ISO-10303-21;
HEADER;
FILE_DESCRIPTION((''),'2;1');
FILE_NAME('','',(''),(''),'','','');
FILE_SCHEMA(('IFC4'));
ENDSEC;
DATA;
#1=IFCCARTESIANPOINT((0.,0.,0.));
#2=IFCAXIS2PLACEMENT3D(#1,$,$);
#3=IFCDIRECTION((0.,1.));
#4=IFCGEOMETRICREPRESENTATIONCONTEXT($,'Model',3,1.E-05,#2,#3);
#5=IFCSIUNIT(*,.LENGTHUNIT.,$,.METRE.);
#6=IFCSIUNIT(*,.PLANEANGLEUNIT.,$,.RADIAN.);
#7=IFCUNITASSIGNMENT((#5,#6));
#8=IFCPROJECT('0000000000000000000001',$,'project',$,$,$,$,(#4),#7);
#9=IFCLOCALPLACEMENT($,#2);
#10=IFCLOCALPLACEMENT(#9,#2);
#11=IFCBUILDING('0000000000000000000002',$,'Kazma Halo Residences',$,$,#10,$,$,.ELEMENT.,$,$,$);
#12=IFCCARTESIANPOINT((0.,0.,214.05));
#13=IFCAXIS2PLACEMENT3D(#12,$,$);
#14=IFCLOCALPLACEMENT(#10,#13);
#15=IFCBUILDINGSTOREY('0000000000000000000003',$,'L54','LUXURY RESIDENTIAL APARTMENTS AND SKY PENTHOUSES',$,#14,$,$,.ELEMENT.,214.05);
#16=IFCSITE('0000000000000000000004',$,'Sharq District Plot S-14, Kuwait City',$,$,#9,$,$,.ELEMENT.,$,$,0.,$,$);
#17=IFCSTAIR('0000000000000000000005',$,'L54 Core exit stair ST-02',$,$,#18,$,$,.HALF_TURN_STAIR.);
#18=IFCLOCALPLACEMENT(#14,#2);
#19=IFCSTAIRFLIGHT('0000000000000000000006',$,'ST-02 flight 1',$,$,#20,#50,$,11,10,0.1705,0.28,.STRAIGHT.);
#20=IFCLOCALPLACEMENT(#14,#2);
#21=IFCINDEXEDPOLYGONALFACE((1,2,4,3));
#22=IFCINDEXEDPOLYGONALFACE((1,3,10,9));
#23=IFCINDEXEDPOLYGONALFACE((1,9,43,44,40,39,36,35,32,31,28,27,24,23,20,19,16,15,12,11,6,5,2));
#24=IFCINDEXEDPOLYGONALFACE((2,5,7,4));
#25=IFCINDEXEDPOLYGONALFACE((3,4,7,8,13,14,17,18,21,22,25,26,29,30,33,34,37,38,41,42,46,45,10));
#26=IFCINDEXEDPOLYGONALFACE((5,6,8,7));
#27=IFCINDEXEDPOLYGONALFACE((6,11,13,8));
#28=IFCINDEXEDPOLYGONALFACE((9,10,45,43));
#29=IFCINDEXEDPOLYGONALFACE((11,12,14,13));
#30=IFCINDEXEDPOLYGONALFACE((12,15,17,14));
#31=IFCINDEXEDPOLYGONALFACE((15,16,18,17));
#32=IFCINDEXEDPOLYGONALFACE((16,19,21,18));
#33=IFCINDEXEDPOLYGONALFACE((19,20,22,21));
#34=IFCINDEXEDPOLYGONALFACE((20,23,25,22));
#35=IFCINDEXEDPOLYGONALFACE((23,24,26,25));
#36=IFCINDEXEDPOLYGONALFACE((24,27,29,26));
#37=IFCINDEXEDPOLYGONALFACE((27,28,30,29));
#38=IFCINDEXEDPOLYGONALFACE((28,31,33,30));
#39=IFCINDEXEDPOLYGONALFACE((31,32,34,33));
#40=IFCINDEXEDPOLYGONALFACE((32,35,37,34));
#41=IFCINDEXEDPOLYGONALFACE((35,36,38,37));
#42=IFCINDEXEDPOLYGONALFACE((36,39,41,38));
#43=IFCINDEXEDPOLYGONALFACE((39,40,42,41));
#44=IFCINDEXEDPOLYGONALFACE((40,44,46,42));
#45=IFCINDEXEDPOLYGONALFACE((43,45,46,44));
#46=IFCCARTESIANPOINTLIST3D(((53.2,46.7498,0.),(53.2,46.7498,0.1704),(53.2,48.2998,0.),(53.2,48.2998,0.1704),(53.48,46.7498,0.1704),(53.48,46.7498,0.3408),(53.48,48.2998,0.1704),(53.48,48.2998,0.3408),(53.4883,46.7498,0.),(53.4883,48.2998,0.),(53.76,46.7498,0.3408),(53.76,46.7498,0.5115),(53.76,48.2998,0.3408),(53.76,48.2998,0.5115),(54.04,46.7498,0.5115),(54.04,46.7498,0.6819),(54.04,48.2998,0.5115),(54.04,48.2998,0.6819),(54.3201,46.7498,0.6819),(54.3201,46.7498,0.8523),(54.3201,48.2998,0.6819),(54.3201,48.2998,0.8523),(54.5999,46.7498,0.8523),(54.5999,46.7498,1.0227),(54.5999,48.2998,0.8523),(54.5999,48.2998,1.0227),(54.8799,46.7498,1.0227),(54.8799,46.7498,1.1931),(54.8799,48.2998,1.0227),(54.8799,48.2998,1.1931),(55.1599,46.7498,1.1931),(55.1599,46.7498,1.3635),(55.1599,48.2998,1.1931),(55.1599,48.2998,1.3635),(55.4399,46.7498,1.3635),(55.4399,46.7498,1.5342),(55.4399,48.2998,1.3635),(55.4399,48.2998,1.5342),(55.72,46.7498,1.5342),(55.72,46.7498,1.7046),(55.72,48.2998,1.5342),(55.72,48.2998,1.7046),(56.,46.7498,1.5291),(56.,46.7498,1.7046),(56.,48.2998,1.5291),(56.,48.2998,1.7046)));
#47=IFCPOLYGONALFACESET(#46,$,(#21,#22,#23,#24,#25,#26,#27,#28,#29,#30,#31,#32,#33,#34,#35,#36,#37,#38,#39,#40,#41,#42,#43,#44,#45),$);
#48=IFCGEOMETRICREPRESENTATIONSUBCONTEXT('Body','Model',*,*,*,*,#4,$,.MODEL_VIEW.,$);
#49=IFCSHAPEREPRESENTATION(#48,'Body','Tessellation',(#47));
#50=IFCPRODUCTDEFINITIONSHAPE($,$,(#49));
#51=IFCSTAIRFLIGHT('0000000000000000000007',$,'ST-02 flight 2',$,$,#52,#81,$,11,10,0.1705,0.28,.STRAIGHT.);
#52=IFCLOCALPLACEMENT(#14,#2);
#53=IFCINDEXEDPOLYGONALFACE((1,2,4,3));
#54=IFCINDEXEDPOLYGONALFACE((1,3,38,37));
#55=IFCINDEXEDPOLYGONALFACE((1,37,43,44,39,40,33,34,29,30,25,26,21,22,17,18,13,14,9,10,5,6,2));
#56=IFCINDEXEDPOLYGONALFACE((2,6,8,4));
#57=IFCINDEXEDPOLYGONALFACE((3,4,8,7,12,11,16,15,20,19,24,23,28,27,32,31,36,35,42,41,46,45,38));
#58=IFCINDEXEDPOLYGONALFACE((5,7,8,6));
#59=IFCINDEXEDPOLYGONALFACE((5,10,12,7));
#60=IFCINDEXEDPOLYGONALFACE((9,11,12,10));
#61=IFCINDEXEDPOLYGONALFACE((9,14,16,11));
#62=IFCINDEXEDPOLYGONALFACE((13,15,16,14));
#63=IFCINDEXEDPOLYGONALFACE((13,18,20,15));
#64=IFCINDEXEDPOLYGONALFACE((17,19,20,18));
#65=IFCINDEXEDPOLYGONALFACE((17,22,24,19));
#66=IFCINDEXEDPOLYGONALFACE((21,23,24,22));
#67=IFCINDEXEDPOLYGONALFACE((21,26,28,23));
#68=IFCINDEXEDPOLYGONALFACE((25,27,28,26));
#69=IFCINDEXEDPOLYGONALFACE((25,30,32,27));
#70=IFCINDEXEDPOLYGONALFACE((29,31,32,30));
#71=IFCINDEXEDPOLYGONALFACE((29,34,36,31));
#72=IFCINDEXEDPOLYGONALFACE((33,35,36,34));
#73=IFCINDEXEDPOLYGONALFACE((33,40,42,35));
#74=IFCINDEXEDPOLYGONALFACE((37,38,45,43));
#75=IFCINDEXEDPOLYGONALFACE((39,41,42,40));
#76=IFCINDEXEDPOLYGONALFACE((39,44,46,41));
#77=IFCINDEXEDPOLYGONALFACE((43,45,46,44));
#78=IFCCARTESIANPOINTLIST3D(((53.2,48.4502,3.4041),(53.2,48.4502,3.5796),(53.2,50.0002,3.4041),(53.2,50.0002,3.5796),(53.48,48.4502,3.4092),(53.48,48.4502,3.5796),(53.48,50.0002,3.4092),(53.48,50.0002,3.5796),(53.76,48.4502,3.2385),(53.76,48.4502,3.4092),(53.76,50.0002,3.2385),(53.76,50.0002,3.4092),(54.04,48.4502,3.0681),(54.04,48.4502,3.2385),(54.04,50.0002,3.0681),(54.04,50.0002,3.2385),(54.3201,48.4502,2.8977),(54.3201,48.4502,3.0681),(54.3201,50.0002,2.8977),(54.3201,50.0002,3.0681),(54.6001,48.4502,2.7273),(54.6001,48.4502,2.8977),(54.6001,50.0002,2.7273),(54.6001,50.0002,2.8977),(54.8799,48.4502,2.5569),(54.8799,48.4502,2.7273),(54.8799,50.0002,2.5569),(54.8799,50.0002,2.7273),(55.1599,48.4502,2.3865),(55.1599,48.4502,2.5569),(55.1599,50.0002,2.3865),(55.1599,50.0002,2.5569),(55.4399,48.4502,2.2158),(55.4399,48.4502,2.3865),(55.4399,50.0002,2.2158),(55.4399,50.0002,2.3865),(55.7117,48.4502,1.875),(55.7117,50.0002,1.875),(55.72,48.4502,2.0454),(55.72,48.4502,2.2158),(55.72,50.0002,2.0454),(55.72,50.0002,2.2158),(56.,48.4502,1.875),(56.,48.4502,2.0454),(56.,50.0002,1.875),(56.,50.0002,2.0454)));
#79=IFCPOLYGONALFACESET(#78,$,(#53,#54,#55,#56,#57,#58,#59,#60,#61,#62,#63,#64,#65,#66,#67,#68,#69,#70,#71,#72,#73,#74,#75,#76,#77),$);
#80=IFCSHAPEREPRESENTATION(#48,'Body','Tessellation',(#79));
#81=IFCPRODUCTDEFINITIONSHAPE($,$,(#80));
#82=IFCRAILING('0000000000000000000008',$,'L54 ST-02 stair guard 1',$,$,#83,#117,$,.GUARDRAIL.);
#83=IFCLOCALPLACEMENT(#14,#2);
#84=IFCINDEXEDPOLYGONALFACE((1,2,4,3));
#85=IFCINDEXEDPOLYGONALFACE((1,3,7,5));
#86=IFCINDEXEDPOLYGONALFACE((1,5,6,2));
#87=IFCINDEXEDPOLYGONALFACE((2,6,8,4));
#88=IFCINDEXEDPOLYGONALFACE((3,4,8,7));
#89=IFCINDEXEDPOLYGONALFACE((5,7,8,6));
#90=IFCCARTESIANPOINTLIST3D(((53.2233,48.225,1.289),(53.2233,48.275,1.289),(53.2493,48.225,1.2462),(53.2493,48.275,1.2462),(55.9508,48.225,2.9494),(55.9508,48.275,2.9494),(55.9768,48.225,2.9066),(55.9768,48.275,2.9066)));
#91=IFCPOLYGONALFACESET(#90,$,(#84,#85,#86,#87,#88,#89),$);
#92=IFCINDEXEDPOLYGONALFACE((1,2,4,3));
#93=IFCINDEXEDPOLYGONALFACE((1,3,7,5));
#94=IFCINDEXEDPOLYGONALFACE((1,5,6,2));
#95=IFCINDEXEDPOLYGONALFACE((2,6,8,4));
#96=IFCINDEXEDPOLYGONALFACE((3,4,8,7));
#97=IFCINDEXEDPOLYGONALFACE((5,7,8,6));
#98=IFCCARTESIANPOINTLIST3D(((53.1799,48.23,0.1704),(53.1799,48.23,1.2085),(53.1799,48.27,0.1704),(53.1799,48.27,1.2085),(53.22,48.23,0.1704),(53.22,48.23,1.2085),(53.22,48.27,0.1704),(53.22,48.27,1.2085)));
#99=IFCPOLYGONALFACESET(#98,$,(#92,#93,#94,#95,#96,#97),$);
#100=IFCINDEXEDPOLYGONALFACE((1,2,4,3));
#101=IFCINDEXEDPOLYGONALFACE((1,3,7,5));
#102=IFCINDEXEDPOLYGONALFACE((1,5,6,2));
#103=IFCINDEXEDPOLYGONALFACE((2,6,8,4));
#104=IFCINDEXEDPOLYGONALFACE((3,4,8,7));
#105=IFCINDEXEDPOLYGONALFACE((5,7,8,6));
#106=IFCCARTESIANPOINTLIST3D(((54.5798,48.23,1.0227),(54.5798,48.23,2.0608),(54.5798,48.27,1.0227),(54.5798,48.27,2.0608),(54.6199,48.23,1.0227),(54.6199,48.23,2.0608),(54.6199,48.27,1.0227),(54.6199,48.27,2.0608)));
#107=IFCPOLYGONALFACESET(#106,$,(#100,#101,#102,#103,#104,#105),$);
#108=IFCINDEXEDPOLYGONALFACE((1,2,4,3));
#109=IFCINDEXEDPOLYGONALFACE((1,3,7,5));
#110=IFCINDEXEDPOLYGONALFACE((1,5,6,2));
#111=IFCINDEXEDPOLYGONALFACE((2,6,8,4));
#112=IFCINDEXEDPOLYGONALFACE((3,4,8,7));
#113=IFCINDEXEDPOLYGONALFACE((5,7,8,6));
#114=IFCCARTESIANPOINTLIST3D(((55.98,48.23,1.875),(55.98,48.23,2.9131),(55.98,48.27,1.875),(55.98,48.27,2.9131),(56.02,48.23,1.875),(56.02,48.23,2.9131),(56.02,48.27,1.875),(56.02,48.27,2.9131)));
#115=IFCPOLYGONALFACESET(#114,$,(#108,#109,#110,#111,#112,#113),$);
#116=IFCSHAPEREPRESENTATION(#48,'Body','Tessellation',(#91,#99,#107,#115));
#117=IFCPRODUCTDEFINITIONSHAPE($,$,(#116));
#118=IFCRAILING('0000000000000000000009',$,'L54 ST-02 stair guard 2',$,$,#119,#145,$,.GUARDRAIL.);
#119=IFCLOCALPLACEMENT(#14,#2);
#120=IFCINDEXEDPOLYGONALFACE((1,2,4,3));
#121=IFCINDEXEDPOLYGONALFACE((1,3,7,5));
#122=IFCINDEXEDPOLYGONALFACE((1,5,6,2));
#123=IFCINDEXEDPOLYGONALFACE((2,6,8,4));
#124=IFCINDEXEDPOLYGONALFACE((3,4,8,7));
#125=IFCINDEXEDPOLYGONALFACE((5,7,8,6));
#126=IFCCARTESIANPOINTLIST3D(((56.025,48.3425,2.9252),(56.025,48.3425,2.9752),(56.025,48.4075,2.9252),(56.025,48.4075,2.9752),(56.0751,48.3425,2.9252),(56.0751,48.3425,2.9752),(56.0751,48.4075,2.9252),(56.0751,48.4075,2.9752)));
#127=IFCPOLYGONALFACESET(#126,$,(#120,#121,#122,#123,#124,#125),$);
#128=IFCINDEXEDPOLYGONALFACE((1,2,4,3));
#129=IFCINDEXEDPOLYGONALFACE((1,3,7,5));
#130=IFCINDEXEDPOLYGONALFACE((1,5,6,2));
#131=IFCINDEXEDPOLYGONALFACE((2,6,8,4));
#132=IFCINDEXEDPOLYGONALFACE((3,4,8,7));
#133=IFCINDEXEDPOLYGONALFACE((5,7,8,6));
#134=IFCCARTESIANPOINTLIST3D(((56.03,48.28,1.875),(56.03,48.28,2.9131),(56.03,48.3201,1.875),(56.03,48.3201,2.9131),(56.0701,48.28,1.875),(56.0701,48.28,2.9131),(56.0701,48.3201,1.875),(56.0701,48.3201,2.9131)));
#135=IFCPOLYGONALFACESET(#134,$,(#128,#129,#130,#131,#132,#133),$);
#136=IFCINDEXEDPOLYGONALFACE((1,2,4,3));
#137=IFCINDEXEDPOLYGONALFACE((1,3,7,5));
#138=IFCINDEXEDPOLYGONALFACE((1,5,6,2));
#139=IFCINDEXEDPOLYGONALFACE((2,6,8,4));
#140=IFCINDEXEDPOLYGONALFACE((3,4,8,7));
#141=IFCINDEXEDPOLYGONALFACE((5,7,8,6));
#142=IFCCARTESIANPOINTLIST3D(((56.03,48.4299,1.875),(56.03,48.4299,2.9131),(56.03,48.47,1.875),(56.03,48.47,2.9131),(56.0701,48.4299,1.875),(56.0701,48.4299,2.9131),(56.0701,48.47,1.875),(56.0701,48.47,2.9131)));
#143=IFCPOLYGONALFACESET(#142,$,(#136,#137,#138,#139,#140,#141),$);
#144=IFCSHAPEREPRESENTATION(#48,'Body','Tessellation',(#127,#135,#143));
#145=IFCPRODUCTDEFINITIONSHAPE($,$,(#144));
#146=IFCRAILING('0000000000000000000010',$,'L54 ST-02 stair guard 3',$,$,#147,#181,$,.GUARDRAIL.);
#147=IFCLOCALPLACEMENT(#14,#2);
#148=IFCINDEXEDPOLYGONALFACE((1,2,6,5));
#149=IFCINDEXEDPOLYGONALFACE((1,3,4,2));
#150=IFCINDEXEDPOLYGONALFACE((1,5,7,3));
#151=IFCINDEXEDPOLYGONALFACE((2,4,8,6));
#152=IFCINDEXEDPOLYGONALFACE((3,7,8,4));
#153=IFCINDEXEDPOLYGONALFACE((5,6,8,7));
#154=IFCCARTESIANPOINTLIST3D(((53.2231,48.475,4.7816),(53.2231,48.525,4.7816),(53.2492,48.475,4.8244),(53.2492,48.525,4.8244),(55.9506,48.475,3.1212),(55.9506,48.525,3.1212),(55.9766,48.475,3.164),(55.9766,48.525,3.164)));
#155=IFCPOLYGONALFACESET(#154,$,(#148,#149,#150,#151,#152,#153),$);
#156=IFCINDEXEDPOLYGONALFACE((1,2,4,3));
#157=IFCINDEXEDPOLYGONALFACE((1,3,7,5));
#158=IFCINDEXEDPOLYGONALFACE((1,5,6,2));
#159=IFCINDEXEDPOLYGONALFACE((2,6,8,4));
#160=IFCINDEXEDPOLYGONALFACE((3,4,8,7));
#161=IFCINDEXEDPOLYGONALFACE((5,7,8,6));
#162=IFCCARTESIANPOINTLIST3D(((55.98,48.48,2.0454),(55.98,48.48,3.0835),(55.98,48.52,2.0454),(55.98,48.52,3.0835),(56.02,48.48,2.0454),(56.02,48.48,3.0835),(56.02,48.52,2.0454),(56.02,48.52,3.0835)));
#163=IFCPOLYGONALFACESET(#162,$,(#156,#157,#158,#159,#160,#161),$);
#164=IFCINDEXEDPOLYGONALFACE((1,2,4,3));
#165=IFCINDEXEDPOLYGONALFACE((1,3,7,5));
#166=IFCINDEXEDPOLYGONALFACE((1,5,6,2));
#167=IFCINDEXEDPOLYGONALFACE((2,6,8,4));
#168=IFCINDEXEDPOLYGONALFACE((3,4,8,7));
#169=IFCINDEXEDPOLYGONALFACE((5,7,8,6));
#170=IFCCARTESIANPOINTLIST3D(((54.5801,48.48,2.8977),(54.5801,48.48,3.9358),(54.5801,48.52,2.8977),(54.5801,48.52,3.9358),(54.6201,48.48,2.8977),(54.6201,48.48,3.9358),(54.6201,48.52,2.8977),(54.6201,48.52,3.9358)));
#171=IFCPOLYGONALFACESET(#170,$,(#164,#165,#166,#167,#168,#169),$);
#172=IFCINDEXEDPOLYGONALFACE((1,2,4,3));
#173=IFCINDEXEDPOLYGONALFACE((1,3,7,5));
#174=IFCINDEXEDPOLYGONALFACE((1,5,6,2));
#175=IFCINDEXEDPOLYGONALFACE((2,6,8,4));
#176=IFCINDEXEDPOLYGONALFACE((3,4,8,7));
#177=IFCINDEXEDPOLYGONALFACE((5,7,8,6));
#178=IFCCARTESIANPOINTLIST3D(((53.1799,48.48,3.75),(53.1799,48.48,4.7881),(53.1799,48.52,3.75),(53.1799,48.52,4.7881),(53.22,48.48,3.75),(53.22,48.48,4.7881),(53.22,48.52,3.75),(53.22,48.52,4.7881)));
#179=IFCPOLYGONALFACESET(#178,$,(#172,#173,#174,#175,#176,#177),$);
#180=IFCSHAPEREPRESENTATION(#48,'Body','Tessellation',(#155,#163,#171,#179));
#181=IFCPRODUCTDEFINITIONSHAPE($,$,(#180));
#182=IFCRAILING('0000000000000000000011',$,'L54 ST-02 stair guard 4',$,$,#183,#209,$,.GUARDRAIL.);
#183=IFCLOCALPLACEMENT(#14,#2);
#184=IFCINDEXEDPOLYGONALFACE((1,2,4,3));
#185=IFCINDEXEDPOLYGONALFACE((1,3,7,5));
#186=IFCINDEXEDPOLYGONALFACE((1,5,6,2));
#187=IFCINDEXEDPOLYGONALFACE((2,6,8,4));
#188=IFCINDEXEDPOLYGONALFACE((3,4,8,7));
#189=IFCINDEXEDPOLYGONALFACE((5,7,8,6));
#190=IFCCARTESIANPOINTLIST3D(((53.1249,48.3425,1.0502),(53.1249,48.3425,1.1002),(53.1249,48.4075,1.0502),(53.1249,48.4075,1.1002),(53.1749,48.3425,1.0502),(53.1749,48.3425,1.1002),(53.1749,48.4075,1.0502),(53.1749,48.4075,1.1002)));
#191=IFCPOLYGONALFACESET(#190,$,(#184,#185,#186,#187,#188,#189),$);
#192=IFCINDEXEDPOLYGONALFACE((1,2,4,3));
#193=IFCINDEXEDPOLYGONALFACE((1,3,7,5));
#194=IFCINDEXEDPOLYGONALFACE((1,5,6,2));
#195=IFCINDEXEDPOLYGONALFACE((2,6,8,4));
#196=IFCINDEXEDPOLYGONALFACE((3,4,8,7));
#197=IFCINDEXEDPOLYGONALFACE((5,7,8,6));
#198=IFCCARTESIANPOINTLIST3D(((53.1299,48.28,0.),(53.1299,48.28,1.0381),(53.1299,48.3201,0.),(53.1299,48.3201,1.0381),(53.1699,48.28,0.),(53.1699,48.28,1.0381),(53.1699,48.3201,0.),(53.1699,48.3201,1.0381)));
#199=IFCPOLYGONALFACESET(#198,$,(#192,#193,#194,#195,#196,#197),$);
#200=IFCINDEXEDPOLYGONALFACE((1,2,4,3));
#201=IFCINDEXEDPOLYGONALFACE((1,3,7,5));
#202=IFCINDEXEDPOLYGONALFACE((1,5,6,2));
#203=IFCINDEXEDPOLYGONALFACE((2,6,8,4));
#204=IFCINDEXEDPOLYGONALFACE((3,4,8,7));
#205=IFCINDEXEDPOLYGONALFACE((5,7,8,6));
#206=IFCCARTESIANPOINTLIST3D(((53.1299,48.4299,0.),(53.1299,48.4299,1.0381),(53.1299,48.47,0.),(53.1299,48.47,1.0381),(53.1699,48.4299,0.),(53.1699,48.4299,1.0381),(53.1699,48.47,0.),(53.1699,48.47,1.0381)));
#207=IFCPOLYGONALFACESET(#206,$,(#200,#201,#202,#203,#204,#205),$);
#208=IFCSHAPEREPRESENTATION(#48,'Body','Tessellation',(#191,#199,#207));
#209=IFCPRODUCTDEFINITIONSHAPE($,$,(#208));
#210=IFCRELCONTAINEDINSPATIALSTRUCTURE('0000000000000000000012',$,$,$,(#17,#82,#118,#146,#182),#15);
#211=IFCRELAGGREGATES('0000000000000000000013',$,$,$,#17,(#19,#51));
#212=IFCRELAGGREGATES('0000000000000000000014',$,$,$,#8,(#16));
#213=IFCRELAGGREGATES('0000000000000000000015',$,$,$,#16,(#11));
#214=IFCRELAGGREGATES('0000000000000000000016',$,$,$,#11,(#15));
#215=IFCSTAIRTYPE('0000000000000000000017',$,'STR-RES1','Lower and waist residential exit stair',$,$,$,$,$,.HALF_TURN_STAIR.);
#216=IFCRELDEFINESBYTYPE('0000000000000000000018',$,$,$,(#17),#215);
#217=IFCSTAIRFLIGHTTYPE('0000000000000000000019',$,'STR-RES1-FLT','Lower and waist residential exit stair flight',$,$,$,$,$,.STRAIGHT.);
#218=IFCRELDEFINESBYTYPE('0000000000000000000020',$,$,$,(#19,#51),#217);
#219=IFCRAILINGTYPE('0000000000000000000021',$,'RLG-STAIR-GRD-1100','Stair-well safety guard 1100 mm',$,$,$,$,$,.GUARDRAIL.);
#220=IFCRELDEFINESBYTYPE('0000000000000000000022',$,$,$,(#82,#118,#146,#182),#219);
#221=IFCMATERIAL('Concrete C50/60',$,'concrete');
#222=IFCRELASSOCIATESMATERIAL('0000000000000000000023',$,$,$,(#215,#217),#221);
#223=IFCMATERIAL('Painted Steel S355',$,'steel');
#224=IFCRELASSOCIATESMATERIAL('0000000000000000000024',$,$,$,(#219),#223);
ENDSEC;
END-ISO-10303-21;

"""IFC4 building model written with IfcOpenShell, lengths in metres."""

from ifc_helpers import new_model, si_unit, direction, frame, origin, origin_2d, place, context, subcontext, project, spatial, polyline, rectangle, outline, extrude, material, type_object, element, aggregate, save


model = new_model("IFC4")

# Units and contexts
model_context = context("Model", 3, precision=1e-05, world=origin(), true_north=direction((0.0, 1.0)))
body_context = subcontext(model_context, "Body", "Model", "MODEL_VIEW")
ifc_project = project(units=[si_unit("LENGTHUNIT", "METRE"), si_unit("PLANEANGLEUNIT", "RADIAN")], contexts=[model_context])

# Site, building, storey
site_placement = place(None, origin())
site = spatial("IfcSite", under=ifc_project, at=site_placement, Name="Sharq District Plot S-14, Kuwait City", CompositionType="ELEMENT", RefElevation=0.0)
building_placement = place(site_placement, origin())
building = spatial("IfcBuilding", under=site, at=building_placement, Name="Kazma Halo Residences", CompositionType="ELEMENT")
storey_placement = place(building_placement, frame((0.0, 0.0, 214.05)))
storey = spatial("IfcBuildingStorey", under=building, at=storey_placement, Name="L54", Description="LUXURY RESIDENTIAL APARTMENTS AND SKY PENTHOUSES", CompositionType="ELEMENT", Elevation=214.05)

# Shared definitions
ifc_material_1 = material(Name="Concrete C50/60", Category="concrete")

# Stair, stair flights
stair_type = type_object("IfcStairType", Name="STR-RES1", Description="Lower and waist residential exit stair", PredefinedType="HALF_TURN_STAIR", material=ifc_material_1)
stair_placement = place(storey_placement, origin())
stair = element("IfcStair", 1, at=stair_placement, inside=storey, type_object=stair_type, Name="L54 Core exit stair ST-02", PredefinedType="HALF_TURN_STAIR")
stair_flight_type = type_object("IfcStairFlightType", Name="STR-RES1-FLT", Description="Lower and waist residential exit stair flight", PredefinedType="STRAIGHT", material=ifc_material_1)
stair_flight_1_placement = place(storey_placement, frame((53.2, 47.5249, 0.0), z_axis=(0.0, 0.0, 1.0), x_axis=(1.0, 0.0, 0.0)))
stair_flight_1 = element("IfcStairFlight", 2, at=stair_flight_1_placement, type_object=stair_flight_type, Name="ST-02 flight 1", NumberOfRisers=11, NumberOfTreads=10, PredefinedType="STRAIGHT", RiserHeight=0.1705, TreadLength=0.28, context=body_context, shape_type="SweptSolid", body=[
    extrude(outline(polyline([(0.0, 0.0), (0.0, 0.1704), (0.28, 0.1704), (0.28, 0.3408), (0.5601, 0.3408), (0.5601, 0.5115), (0.8401, 0.5115), (0.8401, 0.6819), (1.1201, 0.6819), (1.1201, 0.8523), (1.3999, 0.8523), (1.3999, 1.0227), (1.6799, 1.0227), (1.6799, 1.1931), (1.96, 1.1931), (1.96, 1.3635), (2.24, 1.3635), (2.24, 1.5342), (2.52, 1.5342), (2.52, 1.7046), (2.8, 1.7046), (2.8, 1.875), (2.8, 1.5291), (0.2883, 0.0), (0.0, 0.0)])), frame((0.0, 0.7749, 0.0), z_axis=(0.0, -1.0, 0.0), x_axis=(1.0, 0.0, 0.0)), (0.0, 0.0, 1.0), 1.55),
])
stair_flight_2_placement = place(storey_placement, frame((56.0, 49.2251, 1.875), z_axis=(0.0, 0.0, 1.0), x_axis=(-1.0, 0.0, 0.0)))
stair_flight_2 = element("IfcStairFlight", 3, at=stair_flight_2_placement, type_object=stair_flight_type, Name="ST-02 flight 2", NumberOfRisers=11, NumberOfTreads=10, PredefinedType="STRAIGHT", RiserHeight=0.1705, TreadLength=0.28, context=body_context, shape_type="SweptSolid", body=[
    extrude(outline(polyline([(0.0, 0.0), (0.0, 0.1704), (0.28, 0.1704), (0.28, 0.3408), (0.5601, 0.3408), (0.5601, 0.5115), (0.8401, 0.5115), (0.8401, 0.6819), (1.1201, 0.6819), (1.1201, 0.8523), (1.3999, 0.8523), (1.3999, 1.0227), (1.6799, 1.0227), (1.6799, 1.1931), (1.96, 1.1931), (1.96, 1.3635), (2.24, 1.3635), (2.24, 1.5342), (2.52, 1.5342), (2.52, 1.7046), (2.8, 1.7046), (2.8, 1.875), (2.8, 1.5291), (0.2883, 0.0), (0.0, 0.0)])), frame((0.0, 0.7749, 0.0), z_axis=(0.0, -1.0, 0.0), x_axis=(1.0, 0.0, 0.0)), (0.0, 0.0, 1.0), 1.55),
])
aggregate(stair, [stair_flight_1, stair_flight_2])

# Railings
ifc_material_2 = material(Name="Painted Steel S355", Category="steel")
railing_type_1 = type_object("IfcRailingType", Name="RLG-STAIR-GRD-1100", Description="Stair-well safety guard 1100 mm", PredefinedType="GUARDRAIL", material=ifc_material_2)
railing_1_placement = place(storey_placement, frame((53.2, 48.25, 0.1704)))
element("IfcRailing", 4, at=railing_1_placement, inside=storey, type_object=railing_type_1, Name="L54 ST-02 stair guard 1", PredefinedType="GUARDRAIL", context=body_context, shape_type="SweptSolid", body=[
    extrude(rectangle(XDim=0.05, YDim=0.05, at=origin_2d()), frame((0.0364, 0.0, 1.0972), z_axis=(0.85417, 0.0, 0.519994), x_axis=(0.0, 1.0, 0.0)), (0.0, 0.0, 1.0), 3.1931),
    extrude(rectangle(XDim=0.04, YDim=0.04, at=origin_2d()), origin(), (0.0, 0.0, 1.0), 1.0381),
    extrude(rectangle(XDim=0.04, YDim=0.04, at=origin_2d()), frame((1.3999, 0.0, 0.8523)), (0.0, 0.0, 1.0), 1.0381),
    extrude(rectangle(XDim=0.04, YDim=0.04, at=origin_2d()), frame((2.8, 0.0, 1.7046)), (0.0, 0.0, 1.0), 1.0381),
])
railing_2_placement = place(storey_placement, frame((56.05, 48.3, 1.875)))
element("IfcRailing", 5, at=railing_2_placement, inside=storey, type_object=railing_type_1, Name="L54 ST-02 stair guard 2", PredefinedType="GUARDRAIL", context=body_context, shape_type="SweptSolid", body=[
    extrude(rectangle(XDim=0.05, YDim=0.05, at=origin_2d()), frame((0.0, 0.0425, 1.0752), z_axis=(0.0, 1.0, 0.0), x_axis=(-1.0, 0.0, 0.0)), (0.0, 0.0, 1.0), 0.0649),
    extrude(rectangle(XDim=0.04, YDim=0.04, at=origin_2d()), origin(), (0.0, 0.0, 1.0), 1.0381),
    extrude(rectangle(XDim=0.04, YDim=0.04, at=origin_2d()), frame((0.0, 0.1499, 0.0)), (0.0, 0.0, 1.0), 1.0381),
])
railing_3_placement = place(storey_placement, frame((56.0, 48.5, 2.0454)))
element("IfcRailing", 6, at=railing_3_placement, inside=storey, type_object=railing_type_1, Name="L54 ST-02 stair guard 3", PredefinedType="GUARDRAIL", context=body_context, shape_type="SweptSolid", body=[
    extrude(rectangle(XDim=0.05, YDim=0.05, at=origin_2d()), frame((-0.0364, 0.0, 1.0972), z_axis=(-0.85417, 0.0, 0.519994), x_axis=(0.0, -1.0, 0.0)), (0.0, 0.0, 1.0), 3.1931),
    extrude(rectangle(XDim=0.04, YDim=0.04, at=origin_2d()), origin(), (0.0, 0.0, 1.0), 1.0381),
    extrude(rectangle(XDim=0.04, YDim=0.04, at=origin_2d()), frame((-1.3999, 0.0, 0.8523)), (0.0, 0.0, 1.0), 1.0381),
    extrude(rectangle(XDim=0.04, YDim=0.04, at=origin_2d()), frame((-2.8, 0.0, 1.7046)), (0.0, 0.0, 1.0), 1.0381),
])
railing_4_placement = place(storey_placement, frame((53.1499, 48.3, 0.0)))
element("IfcRailing", 7, at=railing_4_placement, inside=storey, type_object=railing_type_1, Name="L54 ST-02 stair guard 4", PredefinedType="GUARDRAIL", context=body_context, shape_type="SweptSolid", body=[
    extrude(rectangle(XDim=0.05, YDim=0.05, at=origin_2d()), frame((0.0, 0.0425, 1.0752), z_axis=(0.0, 1.0, 0.0), x_axis=(-1.0, 0.0, 0.0)), (0.0, 0.0, 1.0), 0.0649),
    extrude(rectangle(XDim=0.04, YDim=0.04, at=origin_2d()), origin(), (0.0, 0.0, 1.0), 1.0381),
    extrude(rectangle(XDim=0.04, YDim=0.04, at=origin_2d()), frame((0.0, 0.1499, 0.0)), (0.0, 0.0, 1.0), 1.0381),
])

save(model, "model.ifc")
